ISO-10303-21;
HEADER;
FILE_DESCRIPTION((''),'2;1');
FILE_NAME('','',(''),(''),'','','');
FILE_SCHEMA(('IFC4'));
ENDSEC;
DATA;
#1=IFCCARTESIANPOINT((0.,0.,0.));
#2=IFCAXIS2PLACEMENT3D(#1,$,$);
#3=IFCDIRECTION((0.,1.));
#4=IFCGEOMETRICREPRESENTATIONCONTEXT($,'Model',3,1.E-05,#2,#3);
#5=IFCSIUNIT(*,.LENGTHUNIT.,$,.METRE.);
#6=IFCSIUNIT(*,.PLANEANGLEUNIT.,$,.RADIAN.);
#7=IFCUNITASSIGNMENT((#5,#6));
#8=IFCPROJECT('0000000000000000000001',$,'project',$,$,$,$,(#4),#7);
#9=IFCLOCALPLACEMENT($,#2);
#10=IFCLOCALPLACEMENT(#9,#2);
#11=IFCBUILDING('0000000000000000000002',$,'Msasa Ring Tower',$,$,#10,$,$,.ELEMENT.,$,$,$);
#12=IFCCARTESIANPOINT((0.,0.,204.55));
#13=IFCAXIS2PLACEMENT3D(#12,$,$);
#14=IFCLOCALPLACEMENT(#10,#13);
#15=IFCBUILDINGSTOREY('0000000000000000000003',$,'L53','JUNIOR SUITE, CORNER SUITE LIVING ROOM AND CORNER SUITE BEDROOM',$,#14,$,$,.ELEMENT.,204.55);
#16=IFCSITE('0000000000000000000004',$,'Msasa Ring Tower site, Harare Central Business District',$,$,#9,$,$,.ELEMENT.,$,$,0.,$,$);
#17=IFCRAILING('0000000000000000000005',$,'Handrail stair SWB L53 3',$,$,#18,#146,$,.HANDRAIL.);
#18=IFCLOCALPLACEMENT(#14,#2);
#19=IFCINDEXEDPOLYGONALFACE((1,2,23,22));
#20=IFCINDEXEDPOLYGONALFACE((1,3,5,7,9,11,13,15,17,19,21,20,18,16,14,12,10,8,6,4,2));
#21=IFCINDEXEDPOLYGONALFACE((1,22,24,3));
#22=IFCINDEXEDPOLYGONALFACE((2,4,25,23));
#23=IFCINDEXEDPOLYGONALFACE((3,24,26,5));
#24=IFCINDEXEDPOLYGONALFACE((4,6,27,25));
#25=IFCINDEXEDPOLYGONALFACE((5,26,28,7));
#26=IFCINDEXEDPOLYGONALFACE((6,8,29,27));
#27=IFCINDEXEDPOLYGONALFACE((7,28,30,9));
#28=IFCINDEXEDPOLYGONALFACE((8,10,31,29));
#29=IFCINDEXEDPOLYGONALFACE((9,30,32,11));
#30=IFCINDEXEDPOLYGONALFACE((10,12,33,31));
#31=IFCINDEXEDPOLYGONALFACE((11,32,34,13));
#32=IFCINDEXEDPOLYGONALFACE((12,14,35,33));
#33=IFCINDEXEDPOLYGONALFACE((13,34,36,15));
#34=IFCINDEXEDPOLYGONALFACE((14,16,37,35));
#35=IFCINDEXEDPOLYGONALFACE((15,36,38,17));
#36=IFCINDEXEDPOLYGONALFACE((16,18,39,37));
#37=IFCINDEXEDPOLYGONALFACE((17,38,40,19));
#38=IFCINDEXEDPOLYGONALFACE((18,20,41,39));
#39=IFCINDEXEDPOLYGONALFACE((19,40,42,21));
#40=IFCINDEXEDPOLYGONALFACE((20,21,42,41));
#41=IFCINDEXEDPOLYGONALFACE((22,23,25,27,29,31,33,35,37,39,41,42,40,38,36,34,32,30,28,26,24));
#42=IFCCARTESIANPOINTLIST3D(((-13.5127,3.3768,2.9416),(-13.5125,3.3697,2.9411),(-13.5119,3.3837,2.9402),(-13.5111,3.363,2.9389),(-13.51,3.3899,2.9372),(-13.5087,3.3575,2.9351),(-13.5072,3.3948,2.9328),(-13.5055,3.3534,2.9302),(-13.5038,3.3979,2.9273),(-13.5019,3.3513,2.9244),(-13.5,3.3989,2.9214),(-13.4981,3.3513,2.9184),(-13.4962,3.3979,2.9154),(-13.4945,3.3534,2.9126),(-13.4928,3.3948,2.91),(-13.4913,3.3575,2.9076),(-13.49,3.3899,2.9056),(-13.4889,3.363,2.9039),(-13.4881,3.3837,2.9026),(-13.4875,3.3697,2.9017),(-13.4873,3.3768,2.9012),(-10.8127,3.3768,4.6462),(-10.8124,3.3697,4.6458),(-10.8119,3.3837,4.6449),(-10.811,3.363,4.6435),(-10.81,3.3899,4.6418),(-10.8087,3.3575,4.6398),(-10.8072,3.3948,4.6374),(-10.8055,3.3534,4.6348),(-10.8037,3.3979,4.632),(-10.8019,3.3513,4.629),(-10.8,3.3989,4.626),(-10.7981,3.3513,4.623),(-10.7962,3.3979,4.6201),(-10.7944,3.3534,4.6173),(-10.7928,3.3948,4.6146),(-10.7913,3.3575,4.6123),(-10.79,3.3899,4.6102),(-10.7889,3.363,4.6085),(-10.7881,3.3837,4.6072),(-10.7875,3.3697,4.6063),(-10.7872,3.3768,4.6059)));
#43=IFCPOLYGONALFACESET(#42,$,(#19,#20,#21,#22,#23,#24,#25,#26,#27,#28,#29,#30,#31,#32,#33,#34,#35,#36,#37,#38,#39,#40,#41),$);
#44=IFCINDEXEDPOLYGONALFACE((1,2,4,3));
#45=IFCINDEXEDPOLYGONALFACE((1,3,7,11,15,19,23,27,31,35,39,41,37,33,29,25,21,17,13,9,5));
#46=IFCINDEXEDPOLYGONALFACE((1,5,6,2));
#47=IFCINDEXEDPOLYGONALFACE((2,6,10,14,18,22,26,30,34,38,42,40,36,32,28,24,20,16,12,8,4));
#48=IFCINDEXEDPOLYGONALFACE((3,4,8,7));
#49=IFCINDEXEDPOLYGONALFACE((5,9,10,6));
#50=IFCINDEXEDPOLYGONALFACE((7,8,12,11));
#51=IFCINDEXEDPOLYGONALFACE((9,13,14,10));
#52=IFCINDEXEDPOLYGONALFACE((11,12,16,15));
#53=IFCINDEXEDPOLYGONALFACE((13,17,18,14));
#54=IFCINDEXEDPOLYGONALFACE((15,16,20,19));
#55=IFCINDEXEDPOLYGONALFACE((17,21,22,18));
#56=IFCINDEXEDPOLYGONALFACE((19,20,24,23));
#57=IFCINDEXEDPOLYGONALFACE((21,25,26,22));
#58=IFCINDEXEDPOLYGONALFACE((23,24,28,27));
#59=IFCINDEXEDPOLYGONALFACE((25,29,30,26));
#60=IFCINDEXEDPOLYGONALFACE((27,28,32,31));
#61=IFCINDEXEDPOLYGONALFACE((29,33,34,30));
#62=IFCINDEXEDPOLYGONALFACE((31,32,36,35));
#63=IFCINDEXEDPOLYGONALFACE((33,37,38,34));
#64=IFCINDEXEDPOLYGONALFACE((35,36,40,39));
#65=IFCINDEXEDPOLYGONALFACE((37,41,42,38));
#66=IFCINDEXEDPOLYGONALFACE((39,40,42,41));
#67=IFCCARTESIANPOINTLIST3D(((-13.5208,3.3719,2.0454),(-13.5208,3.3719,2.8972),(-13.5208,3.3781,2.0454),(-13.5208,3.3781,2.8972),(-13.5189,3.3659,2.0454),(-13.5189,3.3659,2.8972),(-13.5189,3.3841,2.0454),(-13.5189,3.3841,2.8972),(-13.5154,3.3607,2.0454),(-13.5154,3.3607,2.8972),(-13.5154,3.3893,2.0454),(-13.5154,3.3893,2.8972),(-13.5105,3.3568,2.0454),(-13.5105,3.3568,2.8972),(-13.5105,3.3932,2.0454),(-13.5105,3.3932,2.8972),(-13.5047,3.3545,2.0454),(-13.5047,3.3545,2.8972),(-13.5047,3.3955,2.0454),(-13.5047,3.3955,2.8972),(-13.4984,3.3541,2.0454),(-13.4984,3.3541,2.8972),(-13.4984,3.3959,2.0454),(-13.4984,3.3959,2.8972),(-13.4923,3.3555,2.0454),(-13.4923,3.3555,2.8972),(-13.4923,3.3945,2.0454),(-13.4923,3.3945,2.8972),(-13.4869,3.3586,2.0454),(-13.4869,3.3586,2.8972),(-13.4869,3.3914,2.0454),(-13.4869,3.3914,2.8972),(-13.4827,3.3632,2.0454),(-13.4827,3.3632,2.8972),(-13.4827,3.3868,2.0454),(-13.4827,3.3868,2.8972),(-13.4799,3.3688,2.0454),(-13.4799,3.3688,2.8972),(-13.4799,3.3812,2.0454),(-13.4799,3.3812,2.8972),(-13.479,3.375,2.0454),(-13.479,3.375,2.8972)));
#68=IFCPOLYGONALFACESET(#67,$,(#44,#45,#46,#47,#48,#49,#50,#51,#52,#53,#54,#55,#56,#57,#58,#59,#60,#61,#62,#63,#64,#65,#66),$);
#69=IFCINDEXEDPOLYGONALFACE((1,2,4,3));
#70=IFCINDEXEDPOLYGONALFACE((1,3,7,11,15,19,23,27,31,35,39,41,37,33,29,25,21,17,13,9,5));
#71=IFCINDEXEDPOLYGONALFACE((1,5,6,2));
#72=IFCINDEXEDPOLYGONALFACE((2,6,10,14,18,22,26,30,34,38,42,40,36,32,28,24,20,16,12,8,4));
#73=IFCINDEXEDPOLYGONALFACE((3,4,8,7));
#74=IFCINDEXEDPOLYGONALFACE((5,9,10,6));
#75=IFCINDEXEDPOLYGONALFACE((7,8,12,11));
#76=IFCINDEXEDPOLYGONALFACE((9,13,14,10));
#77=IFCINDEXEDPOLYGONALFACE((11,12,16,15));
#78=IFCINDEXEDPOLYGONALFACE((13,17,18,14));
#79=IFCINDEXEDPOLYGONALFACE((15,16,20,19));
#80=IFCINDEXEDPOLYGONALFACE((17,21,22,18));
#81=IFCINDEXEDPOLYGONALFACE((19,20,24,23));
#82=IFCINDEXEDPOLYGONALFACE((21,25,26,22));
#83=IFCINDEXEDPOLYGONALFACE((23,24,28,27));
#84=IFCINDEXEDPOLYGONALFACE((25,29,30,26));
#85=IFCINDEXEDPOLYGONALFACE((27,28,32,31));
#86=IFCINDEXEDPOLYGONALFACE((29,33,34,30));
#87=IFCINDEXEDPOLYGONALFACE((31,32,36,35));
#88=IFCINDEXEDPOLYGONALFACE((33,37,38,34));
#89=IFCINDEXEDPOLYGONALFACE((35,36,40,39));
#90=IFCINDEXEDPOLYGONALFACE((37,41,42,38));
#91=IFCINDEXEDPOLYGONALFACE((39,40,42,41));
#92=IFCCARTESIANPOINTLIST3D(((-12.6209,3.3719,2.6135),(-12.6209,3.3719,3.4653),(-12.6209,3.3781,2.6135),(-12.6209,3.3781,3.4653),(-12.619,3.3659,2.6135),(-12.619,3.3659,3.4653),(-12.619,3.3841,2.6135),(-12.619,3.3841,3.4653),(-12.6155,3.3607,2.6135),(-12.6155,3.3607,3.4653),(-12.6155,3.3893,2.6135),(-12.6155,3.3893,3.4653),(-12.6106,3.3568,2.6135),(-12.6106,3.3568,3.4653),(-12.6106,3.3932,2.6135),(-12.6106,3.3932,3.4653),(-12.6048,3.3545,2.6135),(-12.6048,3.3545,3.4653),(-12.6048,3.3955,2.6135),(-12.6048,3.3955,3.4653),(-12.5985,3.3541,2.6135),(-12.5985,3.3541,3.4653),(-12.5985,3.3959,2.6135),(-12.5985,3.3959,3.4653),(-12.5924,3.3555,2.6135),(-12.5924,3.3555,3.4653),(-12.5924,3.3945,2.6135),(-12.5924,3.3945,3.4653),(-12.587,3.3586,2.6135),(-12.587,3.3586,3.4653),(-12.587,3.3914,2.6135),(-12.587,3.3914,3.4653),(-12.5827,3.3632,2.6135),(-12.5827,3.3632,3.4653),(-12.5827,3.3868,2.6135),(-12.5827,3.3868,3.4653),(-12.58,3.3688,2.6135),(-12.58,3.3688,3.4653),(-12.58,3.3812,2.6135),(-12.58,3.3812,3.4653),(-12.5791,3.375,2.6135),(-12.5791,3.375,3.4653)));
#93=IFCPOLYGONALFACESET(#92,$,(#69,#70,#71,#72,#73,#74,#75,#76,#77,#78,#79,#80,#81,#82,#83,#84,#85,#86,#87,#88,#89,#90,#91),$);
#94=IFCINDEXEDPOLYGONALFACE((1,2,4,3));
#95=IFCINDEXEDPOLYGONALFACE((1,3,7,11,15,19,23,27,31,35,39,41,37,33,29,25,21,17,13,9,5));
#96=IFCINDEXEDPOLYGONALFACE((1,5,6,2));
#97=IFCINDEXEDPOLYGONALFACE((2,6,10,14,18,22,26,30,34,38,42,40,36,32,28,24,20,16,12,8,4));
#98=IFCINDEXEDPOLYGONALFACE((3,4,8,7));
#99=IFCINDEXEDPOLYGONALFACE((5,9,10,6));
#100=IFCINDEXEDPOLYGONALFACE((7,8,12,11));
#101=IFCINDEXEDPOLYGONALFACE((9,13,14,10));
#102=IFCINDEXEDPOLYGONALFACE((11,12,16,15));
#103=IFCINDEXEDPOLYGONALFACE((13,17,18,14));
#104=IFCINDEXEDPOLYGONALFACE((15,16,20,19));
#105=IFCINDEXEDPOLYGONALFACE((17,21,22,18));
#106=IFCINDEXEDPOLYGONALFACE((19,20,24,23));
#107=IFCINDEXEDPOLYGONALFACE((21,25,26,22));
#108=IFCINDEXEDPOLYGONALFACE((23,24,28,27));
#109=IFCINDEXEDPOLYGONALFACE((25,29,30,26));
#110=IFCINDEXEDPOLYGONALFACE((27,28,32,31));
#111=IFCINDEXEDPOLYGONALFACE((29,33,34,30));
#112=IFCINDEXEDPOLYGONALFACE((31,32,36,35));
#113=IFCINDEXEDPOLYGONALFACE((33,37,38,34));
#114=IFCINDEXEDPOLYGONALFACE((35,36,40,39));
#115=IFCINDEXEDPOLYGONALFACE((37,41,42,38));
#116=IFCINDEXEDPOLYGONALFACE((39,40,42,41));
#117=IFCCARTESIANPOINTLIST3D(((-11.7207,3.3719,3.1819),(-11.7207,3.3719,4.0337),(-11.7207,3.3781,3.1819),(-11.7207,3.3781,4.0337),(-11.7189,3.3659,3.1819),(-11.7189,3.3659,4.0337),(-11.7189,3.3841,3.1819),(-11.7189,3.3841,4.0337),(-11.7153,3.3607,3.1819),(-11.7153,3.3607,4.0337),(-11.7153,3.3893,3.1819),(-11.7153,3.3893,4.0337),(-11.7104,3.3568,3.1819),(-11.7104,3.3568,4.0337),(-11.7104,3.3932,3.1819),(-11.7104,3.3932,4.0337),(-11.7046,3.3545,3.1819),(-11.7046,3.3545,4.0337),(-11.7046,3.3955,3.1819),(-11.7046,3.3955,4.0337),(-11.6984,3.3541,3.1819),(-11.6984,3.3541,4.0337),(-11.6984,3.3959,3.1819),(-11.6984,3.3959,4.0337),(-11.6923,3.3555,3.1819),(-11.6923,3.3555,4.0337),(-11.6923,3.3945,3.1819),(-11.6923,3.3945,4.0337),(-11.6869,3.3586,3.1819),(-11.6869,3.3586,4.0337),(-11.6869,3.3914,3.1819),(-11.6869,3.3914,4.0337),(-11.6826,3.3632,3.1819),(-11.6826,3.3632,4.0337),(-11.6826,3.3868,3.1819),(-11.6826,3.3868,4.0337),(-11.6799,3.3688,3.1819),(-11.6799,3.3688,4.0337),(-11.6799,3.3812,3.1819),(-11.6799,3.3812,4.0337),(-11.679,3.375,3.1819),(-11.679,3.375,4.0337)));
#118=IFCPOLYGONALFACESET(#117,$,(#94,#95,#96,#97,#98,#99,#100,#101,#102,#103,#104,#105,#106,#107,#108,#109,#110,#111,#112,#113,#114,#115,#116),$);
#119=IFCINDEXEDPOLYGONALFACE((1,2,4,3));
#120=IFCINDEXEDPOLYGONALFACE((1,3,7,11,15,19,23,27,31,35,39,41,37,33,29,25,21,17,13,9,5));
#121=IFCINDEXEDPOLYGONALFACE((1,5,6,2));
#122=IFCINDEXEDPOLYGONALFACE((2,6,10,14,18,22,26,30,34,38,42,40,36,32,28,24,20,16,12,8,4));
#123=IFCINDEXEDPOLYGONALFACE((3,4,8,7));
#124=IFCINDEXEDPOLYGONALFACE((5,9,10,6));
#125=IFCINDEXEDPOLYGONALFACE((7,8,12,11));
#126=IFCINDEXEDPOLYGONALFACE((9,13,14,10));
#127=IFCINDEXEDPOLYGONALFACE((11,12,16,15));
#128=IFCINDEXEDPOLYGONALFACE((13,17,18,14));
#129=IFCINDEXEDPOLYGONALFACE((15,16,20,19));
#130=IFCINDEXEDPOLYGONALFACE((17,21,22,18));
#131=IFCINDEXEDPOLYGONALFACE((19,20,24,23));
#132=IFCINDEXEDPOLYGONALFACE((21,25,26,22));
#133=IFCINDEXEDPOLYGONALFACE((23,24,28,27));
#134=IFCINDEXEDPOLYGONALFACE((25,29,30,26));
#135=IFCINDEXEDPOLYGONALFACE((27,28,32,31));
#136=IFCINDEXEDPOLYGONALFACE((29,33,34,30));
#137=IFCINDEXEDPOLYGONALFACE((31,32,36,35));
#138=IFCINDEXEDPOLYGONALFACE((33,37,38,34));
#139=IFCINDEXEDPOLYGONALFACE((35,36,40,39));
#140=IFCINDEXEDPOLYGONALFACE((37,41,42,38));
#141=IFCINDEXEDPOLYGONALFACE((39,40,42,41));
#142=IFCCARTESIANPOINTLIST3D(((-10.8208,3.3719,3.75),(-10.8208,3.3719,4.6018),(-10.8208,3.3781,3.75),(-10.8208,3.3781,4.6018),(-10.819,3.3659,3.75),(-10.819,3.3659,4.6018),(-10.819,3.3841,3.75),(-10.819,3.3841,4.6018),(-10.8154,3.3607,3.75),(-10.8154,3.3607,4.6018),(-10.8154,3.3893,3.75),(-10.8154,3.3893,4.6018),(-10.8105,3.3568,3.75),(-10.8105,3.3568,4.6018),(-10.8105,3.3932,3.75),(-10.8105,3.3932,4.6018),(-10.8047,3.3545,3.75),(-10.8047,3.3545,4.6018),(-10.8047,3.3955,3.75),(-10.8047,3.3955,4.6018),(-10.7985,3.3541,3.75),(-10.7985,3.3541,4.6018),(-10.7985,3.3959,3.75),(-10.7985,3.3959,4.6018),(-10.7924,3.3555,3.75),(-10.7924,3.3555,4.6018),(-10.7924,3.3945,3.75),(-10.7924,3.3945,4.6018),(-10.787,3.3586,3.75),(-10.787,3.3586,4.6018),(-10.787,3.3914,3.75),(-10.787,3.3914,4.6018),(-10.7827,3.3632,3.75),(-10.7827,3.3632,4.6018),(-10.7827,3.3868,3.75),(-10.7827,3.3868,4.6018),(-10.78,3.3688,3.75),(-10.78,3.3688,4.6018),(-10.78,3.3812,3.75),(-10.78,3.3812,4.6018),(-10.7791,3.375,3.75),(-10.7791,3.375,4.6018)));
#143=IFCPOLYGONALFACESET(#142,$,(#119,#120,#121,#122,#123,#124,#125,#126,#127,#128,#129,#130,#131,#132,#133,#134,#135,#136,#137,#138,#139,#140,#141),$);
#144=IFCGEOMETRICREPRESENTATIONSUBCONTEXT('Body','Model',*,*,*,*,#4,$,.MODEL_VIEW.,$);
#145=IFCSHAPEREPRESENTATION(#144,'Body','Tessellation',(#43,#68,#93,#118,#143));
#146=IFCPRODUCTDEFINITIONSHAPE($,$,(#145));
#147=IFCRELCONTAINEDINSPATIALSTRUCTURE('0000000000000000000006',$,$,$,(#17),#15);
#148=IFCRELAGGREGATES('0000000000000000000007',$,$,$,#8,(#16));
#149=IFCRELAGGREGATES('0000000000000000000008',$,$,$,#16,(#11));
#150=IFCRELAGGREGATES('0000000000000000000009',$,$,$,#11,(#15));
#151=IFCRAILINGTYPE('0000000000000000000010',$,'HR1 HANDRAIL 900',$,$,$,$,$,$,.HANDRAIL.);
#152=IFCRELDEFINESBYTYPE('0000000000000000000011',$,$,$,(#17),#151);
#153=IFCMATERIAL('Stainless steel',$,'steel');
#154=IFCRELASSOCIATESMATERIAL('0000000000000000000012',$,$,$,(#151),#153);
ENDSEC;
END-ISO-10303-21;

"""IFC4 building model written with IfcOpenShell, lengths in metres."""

from ifc_helpers import new_model, si_unit, direction, frame, origin, origin_2d, place, context, subcontext, project, spatial, circle, extrude, material, type_object, element, save


model = new_model("IFC4")

# Units and contexts
model_context = context("Model", 3, precision=1e-05, world=origin(), true_north=direction((0.0, 1.0)))
body_context = subcontext(model_context, "Body", "Model", "MODEL_VIEW")
ifc_project = project(units=[si_unit("LENGTHUNIT", "METRE"), si_unit("PLANEANGLEUNIT", "RADIAN")], contexts=[model_context])

# Site, building, storey
site_placement = place(None, origin())
site = spatial("IfcSite", under=ifc_project, at=site_placement, Name="Msasa Ring Tower site, Harare Central Business District", CompositionType="ELEMENT", RefElevation=0.0)
building_placement = place(site_placement, origin())
building = spatial("IfcBuilding", under=site, at=building_placement, Name="Msasa Ring Tower", CompositionType="ELEMENT")
storey_placement = place(building_placement, frame((0.0, 0.0, 204.55)))
storey = spatial("IfcBuildingStorey", under=building, at=storey_placement, Name="L53", Description="JUNIOR SUITE, CORNER SUITE LIVING ROOM AND CORNER SUITE BEDROOM", CompositionType="ELEMENT", Elevation=204.55)

# Railing
ifc_material_1 = material(Name="Stainless steel", Category="steel")
railing_type = type_object("IfcRailingType", Name="HR1 HANDRAIL 900", PredefinedType="HANDRAIL", material=ifc_material_1)
for number, where, name in (
    (1, (-13.5, 3.375, 2.0454), "Handrail stair SWB L53 3"),
):
    element("IfcRailing", number, at=place(storey_placement, frame(where)), inside=storey, type_object=railing_type, Name=name, PredefinedType="HANDRAIL", context=body_context, shape_type="SweptSolid", body=[
        extrude(circle(Radius=0.0239, at=origin_2d()), frame((0.0, 0.0, 0.876), z_axis=(0.84558, 0.0, 0.533849), x_axis=(0.0, 1.0, 0.0)), (0.0, 0.0, 1.0), 3.1931),
        extrude(circle(Radius=0.021, at=origin_2d()), origin(), (0.0, 0.0, 1.0), 0.8518),
        extrude(circle(Radius=0.021, at=origin_2d()), frame((0.8999, 0.0, 0.5681)), (0.0, 0.0, 1.0), 0.8518),
        extrude(circle(Radius=0.021, at=origin_2d()), frame((1.8, 0.0, 1.1365)), (0.0, 0.0, 1.0), 0.8518),
        extrude(circle(Radius=0.021, at=origin_2d()), frame((2.7, 0.0, 1.7046)), (0.0, 0.0, 1.0), 0.8518),
    ])

save(model, "model.ifc")
